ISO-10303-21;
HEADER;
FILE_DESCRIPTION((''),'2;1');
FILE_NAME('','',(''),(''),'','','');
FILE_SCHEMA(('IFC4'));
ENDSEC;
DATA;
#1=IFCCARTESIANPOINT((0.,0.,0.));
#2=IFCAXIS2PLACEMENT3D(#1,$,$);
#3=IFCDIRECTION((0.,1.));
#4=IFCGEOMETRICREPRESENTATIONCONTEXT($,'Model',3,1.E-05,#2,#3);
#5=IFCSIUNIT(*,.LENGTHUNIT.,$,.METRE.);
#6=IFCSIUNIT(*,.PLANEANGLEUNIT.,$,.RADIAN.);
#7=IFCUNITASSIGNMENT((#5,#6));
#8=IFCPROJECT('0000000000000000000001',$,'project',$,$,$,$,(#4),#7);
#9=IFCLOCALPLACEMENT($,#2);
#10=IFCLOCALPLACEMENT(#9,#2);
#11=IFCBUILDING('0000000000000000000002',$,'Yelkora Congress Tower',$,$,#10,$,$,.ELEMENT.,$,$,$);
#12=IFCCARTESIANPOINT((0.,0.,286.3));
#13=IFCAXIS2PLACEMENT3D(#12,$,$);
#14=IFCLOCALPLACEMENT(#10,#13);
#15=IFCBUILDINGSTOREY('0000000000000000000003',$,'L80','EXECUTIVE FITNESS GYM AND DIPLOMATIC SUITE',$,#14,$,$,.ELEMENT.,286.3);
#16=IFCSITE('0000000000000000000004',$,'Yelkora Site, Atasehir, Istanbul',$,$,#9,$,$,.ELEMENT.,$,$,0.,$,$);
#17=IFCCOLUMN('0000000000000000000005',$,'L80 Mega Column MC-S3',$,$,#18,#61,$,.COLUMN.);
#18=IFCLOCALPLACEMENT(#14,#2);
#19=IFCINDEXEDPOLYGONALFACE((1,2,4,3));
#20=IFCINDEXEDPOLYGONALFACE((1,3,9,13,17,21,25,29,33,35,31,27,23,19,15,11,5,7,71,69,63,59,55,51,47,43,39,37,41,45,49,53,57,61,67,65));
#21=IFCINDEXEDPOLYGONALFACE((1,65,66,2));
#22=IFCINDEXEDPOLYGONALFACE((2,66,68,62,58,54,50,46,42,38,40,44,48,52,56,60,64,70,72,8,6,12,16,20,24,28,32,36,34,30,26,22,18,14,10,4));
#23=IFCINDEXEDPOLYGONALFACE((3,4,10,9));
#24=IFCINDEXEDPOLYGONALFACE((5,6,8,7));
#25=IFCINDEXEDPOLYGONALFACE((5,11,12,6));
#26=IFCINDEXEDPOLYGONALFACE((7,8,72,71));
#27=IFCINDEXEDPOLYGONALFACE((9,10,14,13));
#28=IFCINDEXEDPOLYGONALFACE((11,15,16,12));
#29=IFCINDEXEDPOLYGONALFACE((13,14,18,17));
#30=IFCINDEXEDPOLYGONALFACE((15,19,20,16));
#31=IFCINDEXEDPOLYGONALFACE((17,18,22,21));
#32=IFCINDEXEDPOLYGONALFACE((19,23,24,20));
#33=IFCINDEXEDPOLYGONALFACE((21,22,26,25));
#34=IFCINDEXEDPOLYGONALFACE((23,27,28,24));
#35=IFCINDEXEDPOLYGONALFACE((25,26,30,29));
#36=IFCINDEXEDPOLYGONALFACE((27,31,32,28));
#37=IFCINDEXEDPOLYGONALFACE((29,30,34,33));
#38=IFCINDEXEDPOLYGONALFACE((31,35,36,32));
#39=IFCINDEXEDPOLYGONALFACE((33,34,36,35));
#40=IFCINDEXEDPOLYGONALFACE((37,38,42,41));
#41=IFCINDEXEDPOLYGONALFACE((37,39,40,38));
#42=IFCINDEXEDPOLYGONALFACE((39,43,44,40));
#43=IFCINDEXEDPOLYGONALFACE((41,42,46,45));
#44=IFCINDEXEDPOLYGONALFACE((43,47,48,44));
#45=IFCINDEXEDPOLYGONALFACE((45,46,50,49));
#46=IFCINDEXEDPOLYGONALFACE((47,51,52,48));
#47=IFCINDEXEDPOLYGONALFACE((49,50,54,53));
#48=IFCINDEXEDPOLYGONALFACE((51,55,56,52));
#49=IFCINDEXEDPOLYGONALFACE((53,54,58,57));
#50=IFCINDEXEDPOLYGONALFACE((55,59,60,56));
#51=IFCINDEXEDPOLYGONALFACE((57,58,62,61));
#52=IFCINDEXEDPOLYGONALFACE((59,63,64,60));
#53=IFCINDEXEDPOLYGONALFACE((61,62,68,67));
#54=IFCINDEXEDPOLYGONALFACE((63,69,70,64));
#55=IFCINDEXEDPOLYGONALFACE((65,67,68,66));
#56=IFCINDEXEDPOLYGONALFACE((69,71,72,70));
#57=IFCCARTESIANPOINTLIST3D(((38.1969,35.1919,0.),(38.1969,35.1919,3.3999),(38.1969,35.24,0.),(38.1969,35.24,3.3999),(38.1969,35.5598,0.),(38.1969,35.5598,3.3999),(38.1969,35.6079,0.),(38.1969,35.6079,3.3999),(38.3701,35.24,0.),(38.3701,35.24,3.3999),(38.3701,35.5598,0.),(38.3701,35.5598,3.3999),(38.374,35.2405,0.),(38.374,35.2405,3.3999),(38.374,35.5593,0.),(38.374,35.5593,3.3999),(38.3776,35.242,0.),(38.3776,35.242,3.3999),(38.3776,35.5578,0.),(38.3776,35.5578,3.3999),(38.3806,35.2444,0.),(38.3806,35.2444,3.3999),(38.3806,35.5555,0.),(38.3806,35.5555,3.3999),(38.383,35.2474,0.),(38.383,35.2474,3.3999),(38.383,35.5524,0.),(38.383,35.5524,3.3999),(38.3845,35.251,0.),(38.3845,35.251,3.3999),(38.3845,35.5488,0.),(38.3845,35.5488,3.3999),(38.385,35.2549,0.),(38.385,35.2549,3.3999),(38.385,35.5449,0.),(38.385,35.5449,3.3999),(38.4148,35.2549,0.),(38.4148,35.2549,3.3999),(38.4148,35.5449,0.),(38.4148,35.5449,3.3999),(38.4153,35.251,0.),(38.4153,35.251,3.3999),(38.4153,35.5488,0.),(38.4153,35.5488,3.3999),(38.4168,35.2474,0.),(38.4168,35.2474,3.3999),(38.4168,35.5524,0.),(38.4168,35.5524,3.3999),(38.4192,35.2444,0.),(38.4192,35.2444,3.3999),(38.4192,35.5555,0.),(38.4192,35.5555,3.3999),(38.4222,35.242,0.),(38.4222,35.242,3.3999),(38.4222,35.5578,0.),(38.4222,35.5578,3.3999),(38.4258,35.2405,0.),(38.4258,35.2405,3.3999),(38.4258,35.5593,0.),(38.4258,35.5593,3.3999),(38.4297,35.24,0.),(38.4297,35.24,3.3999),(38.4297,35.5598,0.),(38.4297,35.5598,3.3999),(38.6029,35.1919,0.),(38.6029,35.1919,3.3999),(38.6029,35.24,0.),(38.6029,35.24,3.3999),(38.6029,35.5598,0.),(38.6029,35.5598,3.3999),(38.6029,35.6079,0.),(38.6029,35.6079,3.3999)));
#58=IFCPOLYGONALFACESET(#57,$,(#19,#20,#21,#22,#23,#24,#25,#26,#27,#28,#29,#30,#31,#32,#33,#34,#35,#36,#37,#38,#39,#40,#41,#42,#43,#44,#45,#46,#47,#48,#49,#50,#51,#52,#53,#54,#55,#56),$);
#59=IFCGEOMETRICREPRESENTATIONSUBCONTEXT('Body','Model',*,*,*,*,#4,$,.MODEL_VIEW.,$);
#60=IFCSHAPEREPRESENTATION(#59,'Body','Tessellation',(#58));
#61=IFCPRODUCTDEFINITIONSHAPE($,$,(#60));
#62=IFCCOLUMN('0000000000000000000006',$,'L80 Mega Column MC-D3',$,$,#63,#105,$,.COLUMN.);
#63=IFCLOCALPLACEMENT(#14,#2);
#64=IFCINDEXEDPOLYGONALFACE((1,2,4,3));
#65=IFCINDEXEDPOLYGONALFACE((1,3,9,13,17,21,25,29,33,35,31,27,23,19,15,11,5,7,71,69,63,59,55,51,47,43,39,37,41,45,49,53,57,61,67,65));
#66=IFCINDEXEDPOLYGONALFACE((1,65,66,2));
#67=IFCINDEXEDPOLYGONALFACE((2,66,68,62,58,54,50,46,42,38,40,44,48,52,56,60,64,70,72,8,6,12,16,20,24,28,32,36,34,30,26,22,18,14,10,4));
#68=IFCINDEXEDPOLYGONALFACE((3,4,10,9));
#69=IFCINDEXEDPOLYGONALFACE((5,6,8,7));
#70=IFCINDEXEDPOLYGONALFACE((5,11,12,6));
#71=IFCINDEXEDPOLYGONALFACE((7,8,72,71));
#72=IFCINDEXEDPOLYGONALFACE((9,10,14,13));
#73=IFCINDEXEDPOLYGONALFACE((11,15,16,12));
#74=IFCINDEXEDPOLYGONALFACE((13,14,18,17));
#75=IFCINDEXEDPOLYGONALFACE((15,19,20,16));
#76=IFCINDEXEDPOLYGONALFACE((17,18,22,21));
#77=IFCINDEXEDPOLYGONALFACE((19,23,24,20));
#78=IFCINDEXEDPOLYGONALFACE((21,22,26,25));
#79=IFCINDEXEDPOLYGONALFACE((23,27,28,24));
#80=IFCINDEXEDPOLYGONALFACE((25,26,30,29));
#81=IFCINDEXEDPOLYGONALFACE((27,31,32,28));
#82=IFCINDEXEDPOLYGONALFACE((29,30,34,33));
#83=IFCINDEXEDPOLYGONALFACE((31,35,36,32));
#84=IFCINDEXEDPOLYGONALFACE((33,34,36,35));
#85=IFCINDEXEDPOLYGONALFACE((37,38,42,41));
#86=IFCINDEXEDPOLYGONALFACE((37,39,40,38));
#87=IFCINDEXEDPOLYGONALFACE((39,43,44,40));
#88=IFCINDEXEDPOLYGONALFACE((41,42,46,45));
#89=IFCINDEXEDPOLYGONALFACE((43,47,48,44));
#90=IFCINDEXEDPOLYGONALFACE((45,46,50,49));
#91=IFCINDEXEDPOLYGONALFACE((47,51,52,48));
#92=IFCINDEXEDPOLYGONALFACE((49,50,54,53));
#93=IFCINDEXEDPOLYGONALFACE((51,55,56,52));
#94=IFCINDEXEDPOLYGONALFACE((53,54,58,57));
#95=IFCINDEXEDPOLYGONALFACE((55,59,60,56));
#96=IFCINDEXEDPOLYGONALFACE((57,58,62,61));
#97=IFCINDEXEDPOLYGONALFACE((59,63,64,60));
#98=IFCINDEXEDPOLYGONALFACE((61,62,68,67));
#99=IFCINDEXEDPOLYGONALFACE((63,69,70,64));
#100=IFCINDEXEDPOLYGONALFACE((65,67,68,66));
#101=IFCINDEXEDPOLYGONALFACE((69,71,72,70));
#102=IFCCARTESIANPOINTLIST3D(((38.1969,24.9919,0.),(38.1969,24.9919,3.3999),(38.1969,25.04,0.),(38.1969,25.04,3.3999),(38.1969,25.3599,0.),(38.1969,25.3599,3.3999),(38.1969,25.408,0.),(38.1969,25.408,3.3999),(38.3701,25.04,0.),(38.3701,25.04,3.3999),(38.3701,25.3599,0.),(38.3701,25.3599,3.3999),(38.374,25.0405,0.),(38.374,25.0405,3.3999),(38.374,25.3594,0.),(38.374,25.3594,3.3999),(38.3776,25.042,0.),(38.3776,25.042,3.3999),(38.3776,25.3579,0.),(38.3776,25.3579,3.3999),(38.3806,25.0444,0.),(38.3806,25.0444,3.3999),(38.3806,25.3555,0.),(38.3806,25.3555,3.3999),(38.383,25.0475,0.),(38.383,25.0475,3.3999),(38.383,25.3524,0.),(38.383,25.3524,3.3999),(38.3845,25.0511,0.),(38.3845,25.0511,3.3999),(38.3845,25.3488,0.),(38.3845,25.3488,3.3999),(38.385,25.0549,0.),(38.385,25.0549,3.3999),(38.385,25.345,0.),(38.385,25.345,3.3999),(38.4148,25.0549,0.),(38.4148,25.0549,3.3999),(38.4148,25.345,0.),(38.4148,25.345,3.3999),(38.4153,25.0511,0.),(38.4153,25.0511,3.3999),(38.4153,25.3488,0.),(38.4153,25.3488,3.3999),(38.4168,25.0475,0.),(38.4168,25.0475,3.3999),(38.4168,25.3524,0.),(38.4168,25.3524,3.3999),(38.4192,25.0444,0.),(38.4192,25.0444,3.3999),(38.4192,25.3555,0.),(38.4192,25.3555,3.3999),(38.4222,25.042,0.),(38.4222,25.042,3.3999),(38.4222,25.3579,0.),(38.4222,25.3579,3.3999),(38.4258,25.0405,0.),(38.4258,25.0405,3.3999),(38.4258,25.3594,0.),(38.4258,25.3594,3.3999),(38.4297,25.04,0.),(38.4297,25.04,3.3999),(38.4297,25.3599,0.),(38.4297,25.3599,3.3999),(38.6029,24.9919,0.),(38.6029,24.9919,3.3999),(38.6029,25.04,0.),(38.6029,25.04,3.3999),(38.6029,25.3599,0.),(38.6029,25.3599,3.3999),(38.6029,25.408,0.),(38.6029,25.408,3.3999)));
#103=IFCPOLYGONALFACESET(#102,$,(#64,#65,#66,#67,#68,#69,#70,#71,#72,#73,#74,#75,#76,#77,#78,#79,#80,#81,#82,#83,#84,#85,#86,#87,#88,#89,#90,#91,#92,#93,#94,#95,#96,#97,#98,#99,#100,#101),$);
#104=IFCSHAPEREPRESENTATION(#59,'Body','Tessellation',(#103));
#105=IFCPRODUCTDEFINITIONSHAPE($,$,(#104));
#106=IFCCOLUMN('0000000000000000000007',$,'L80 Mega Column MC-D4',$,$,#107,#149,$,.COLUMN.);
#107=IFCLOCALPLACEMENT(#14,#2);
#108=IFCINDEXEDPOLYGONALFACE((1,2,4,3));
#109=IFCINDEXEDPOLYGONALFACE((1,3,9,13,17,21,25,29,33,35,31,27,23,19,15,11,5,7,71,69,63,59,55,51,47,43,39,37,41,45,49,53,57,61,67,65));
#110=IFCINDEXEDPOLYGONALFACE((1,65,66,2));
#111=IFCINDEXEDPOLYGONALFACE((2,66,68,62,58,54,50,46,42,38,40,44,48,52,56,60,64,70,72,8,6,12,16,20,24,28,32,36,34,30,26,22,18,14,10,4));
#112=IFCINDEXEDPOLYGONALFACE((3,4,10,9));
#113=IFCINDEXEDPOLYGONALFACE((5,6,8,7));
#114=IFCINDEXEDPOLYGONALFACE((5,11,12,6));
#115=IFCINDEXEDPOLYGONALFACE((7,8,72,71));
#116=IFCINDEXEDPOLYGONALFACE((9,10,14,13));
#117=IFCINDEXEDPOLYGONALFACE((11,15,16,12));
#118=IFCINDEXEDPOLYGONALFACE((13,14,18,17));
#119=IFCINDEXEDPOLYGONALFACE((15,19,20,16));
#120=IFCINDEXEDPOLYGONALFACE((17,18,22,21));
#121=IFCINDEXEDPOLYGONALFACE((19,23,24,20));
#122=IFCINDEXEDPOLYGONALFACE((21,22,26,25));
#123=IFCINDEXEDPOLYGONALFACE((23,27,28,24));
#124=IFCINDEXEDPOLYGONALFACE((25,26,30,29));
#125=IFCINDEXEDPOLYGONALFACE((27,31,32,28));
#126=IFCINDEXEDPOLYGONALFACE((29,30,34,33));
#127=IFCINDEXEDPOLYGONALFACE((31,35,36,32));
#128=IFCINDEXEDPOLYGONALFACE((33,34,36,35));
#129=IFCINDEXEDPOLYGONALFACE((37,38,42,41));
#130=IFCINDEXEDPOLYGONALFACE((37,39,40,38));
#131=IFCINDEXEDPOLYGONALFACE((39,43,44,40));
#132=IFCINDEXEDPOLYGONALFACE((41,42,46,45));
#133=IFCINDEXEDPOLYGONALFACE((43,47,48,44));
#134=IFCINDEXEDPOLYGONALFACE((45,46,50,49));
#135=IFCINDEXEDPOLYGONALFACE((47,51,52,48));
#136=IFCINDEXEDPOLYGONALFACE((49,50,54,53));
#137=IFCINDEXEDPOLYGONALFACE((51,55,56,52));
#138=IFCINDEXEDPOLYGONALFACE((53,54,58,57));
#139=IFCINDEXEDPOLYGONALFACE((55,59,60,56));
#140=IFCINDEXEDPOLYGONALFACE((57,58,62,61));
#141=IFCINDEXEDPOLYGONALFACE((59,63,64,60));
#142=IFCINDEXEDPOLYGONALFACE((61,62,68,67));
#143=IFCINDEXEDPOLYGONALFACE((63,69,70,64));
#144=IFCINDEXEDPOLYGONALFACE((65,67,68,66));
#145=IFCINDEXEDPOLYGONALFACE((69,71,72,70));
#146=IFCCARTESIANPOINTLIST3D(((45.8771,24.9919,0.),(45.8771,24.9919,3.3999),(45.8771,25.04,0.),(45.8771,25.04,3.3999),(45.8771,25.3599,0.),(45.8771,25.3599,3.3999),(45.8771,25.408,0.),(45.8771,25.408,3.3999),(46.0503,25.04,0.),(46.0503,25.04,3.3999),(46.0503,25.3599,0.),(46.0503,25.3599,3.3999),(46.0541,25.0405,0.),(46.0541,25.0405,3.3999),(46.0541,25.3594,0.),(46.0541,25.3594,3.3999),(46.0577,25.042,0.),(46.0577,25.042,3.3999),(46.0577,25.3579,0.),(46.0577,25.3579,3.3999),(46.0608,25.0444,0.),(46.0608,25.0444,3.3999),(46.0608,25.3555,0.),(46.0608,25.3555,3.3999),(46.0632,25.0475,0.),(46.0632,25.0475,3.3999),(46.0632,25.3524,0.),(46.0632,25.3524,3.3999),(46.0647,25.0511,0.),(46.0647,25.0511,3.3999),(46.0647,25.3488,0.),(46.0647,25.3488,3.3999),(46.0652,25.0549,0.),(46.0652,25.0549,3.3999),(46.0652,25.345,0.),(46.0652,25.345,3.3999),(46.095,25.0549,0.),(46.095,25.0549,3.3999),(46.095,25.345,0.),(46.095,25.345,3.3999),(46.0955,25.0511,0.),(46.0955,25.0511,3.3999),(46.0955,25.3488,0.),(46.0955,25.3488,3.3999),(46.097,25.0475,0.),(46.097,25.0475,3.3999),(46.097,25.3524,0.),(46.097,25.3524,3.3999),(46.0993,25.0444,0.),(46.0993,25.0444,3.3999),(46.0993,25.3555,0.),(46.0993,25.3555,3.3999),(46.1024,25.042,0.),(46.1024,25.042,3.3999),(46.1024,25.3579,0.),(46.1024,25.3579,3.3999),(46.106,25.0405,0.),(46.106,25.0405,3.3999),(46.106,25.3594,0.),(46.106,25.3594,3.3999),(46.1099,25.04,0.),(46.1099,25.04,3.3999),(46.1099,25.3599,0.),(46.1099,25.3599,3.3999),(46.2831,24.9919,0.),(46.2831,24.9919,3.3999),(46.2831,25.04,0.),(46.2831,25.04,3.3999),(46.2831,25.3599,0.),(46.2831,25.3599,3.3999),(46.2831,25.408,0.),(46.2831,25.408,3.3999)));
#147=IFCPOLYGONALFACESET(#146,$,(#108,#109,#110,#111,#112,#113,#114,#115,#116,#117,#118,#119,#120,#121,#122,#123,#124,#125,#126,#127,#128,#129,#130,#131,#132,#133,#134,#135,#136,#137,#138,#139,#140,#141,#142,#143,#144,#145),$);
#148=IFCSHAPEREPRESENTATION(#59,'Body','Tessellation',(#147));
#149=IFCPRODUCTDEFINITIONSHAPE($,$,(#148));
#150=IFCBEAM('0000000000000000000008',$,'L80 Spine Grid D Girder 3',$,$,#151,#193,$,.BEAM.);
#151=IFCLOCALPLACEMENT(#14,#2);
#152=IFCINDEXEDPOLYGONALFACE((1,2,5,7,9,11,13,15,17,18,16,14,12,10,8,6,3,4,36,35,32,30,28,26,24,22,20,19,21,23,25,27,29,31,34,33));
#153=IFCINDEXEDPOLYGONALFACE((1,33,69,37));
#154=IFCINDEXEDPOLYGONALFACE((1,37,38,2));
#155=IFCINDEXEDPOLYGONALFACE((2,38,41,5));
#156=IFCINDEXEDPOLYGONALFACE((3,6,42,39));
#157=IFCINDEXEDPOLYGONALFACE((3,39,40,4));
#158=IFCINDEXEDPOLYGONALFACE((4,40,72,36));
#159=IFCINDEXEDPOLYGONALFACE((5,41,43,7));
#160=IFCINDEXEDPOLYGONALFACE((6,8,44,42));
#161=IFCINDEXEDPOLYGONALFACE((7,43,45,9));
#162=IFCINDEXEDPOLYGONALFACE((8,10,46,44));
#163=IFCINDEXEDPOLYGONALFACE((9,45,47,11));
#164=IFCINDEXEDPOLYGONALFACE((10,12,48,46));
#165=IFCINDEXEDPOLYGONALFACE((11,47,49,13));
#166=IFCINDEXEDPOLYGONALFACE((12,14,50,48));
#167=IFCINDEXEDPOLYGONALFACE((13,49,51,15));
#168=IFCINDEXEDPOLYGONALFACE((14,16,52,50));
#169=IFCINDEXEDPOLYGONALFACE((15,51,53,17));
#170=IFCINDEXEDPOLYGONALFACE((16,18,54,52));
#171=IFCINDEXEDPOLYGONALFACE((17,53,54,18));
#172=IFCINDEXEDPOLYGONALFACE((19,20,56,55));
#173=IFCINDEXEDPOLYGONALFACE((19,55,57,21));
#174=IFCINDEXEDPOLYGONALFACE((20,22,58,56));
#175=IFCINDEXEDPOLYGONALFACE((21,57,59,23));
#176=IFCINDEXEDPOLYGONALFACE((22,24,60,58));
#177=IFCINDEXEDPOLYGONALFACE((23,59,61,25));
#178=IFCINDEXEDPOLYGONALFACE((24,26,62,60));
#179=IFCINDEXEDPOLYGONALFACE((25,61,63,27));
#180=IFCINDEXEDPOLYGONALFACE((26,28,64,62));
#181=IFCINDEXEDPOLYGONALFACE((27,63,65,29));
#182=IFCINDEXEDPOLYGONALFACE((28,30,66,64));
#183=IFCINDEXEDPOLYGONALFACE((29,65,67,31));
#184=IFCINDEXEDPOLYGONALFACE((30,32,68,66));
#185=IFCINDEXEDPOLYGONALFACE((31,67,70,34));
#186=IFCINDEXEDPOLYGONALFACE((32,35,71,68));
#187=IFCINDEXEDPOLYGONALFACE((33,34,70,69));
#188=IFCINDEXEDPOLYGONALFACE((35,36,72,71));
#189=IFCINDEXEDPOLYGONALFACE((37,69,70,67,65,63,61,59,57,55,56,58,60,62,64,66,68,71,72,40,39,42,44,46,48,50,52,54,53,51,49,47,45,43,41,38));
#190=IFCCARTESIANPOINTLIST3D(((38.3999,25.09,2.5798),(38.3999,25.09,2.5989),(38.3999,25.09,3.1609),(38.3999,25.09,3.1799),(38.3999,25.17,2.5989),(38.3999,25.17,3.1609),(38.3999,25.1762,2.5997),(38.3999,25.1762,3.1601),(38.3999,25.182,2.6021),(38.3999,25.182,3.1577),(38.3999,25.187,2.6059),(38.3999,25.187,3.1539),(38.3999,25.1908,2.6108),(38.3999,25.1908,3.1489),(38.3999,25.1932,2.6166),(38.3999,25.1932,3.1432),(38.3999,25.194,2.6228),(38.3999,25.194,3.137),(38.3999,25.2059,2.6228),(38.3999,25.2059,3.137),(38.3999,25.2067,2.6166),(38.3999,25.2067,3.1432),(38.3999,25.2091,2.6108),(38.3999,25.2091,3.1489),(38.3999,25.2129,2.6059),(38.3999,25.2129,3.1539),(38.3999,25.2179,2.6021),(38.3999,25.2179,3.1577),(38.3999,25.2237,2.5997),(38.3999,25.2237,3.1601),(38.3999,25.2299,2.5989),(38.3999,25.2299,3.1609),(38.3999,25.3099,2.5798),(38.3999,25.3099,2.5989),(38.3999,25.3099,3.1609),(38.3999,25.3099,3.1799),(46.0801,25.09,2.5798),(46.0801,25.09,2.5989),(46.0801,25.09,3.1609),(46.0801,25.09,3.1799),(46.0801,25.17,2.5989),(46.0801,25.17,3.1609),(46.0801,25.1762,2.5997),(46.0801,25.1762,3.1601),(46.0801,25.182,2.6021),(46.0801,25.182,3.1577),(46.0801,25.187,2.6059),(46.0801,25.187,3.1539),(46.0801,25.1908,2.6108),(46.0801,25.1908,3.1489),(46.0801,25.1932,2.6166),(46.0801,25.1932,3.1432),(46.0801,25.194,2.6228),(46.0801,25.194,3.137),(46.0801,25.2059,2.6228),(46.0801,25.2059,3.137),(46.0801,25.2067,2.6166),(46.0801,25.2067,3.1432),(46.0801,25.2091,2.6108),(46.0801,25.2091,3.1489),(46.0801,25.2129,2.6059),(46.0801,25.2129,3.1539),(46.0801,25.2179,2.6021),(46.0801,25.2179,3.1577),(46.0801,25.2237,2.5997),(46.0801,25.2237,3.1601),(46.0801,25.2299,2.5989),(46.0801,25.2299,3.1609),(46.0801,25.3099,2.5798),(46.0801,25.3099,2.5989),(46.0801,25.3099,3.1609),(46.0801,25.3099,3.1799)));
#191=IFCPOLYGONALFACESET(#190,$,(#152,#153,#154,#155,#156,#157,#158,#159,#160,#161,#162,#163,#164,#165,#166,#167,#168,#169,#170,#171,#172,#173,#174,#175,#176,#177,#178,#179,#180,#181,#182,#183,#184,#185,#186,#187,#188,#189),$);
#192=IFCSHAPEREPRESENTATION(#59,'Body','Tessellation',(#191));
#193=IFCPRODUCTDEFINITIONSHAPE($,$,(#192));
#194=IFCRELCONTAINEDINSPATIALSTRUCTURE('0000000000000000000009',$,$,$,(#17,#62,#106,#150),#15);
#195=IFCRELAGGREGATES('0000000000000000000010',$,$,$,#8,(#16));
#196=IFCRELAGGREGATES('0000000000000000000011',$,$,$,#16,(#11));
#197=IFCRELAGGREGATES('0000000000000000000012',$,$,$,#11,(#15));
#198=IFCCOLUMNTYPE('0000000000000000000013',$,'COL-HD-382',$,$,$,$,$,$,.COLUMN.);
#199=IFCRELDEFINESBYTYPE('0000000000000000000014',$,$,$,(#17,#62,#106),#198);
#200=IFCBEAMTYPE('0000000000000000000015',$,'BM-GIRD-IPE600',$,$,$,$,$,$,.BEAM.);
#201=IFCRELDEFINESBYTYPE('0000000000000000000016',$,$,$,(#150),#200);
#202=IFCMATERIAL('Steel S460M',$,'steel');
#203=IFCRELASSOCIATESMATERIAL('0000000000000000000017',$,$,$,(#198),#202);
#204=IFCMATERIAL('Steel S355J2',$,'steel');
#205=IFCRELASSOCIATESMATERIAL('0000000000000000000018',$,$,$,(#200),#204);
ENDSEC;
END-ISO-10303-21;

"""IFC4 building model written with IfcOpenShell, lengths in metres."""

from ifc_helpers import new_model, si_unit, direction, frame, origin, origin_2d, place, context, subcontext, project, spatial, i_section, extrude, material, material_profile, profile_set, type_object, element, save


model = new_model("IFC4")

# Units and contexts
model_context = context("Model", 3, precision=1e-05, world=origin(), true_north=direction((0.0, 1.0)))
body_context = subcontext(model_context, "Body", "Model", "MODEL_VIEW")
ifc_project = project(units=[si_unit("LENGTHUNIT", "METRE"), si_unit("PLANEANGLEUNIT", "RADIAN")], contexts=[model_context])

# Site, building, storey
site_placement = place(None, origin())
site = spatial("IfcSite", under=ifc_project, at=site_placement, Name="Yelkora Site, Atasehir, Istanbul", CompositionType="ELEMENT", RefElevation=0.0)
building_placement = place(site_placement, origin())
building = spatial("IfcBuilding", under=site, at=building_placement, Name="Yelkora Congress Tower", CompositionType="ELEMENT")
storey_placement = place(building_placement, frame((0.0, 0.0, 286.3)))
storey = spatial("IfcBuildingStorey", under=building, at=storey_placement, Name="L80", Description="EXECUTIVE FITNESS GYM AND DIPLOMATIC SUITE", CompositionType="ELEMENT", Elevation=286.3)

# Columns
ifc_material_1 = material(Name="Steel S460M", Category="steel")
ifc_material_profile_1 = material_profile(ifc_material_1, i_section(OverallWidth=0.406, OverallDepth=0.416, WebThickness=0.0298, FlangeThickness=0.0481, FilletRadius=0.0149, at=origin_2d()), Name="HD 400x382")
ifc_profile_set_1 = profile_set([ifc_material_profile_1], Name="Steel S460M")
column_type = type_object("IfcColumnType", Name="COL-HD-382", PredefinedType="COLUMN", material=ifc_profile_set_1)
for number, where, z_axis, x_axis, name in (
    (1, (38.3999, 35.3999, 0.0), (0.0, 0.0, 1.0), (1.0, 0.0, 0.0), "L80 Mega Column MC-S3"),
    (2, (38.3999, 25.2, 0.0), (0.0, 0.0, 1.0), (1.0, 0.0, 0.0), "L80 Mega Column MC-D3"),
    (3, (46.0801, 25.2, 0.0), (0.0, 0.0, 1.0), (1.0, 0.0, 0.0), "L80 Mega Column MC-D4"),
):
    element("IfcColumn", number, at=place(storey_placement, frame(where, z_axis=z_axis, x_axis=x_axis)), inside=storey, type_object=column_type, Name=name, PredefinedType="COLUMN", context=body_context, shape_type="SweptSolid", body=[
        extrude(i_section(OverallWidth=0.406, OverallDepth=0.416, WebThickness=0.0298, FlangeThickness=0.0481, FilletRadius=0.0149, at=origin_2d()), origin(), (0.0, 0.0, 1.0), 3.3999),
    ])

# Beam
ifc_material_2 = material(Name="Steel S355J2", Category="steel")
ifc_material_profile_2 = material_profile(ifc_material_2, i_section(OverallWidth=0.22, OverallDepth=0.6001, WebThickness=0.012, FlangeThickness=0.019, FilletRadius=0.0239, at=origin_2d()), Name="IPE 600")
ifc_profile_set_2 = profile_set([ifc_material_profile_2], Name="Steel S355J2")
beam_type_1 = type_object("IfcBeamType", Name="BM-GIRD-IPE600", PredefinedType="BEAM", material=ifc_profile_set_2)
beam_1_placement = place(storey_placement, frame((38.3999, 25.2, 2.8799), z_axis=(1.0, 0.0, 0.0), x_axis=(0.0, 1.0, 0.0)))
element("IfcBeam", 4, at=beam_1_placement, inside=storey, type_object=beam_type_1, Name="L80 Spine Grid D Girder 3", PredefinedType="BEAM", context=body_context, shape_type="SweptSolid", body=[
    extrude(i_section(OverallWidth=0.22, OverallDepth=0.6001, WebThickness=0.012, FlangeThickness=0.019, FilletRadius=0.0239, at=origin_2d()), origin(), (0.0, 0.0, 1.0), 7.6802),
])

save(model, "model.ifc")
